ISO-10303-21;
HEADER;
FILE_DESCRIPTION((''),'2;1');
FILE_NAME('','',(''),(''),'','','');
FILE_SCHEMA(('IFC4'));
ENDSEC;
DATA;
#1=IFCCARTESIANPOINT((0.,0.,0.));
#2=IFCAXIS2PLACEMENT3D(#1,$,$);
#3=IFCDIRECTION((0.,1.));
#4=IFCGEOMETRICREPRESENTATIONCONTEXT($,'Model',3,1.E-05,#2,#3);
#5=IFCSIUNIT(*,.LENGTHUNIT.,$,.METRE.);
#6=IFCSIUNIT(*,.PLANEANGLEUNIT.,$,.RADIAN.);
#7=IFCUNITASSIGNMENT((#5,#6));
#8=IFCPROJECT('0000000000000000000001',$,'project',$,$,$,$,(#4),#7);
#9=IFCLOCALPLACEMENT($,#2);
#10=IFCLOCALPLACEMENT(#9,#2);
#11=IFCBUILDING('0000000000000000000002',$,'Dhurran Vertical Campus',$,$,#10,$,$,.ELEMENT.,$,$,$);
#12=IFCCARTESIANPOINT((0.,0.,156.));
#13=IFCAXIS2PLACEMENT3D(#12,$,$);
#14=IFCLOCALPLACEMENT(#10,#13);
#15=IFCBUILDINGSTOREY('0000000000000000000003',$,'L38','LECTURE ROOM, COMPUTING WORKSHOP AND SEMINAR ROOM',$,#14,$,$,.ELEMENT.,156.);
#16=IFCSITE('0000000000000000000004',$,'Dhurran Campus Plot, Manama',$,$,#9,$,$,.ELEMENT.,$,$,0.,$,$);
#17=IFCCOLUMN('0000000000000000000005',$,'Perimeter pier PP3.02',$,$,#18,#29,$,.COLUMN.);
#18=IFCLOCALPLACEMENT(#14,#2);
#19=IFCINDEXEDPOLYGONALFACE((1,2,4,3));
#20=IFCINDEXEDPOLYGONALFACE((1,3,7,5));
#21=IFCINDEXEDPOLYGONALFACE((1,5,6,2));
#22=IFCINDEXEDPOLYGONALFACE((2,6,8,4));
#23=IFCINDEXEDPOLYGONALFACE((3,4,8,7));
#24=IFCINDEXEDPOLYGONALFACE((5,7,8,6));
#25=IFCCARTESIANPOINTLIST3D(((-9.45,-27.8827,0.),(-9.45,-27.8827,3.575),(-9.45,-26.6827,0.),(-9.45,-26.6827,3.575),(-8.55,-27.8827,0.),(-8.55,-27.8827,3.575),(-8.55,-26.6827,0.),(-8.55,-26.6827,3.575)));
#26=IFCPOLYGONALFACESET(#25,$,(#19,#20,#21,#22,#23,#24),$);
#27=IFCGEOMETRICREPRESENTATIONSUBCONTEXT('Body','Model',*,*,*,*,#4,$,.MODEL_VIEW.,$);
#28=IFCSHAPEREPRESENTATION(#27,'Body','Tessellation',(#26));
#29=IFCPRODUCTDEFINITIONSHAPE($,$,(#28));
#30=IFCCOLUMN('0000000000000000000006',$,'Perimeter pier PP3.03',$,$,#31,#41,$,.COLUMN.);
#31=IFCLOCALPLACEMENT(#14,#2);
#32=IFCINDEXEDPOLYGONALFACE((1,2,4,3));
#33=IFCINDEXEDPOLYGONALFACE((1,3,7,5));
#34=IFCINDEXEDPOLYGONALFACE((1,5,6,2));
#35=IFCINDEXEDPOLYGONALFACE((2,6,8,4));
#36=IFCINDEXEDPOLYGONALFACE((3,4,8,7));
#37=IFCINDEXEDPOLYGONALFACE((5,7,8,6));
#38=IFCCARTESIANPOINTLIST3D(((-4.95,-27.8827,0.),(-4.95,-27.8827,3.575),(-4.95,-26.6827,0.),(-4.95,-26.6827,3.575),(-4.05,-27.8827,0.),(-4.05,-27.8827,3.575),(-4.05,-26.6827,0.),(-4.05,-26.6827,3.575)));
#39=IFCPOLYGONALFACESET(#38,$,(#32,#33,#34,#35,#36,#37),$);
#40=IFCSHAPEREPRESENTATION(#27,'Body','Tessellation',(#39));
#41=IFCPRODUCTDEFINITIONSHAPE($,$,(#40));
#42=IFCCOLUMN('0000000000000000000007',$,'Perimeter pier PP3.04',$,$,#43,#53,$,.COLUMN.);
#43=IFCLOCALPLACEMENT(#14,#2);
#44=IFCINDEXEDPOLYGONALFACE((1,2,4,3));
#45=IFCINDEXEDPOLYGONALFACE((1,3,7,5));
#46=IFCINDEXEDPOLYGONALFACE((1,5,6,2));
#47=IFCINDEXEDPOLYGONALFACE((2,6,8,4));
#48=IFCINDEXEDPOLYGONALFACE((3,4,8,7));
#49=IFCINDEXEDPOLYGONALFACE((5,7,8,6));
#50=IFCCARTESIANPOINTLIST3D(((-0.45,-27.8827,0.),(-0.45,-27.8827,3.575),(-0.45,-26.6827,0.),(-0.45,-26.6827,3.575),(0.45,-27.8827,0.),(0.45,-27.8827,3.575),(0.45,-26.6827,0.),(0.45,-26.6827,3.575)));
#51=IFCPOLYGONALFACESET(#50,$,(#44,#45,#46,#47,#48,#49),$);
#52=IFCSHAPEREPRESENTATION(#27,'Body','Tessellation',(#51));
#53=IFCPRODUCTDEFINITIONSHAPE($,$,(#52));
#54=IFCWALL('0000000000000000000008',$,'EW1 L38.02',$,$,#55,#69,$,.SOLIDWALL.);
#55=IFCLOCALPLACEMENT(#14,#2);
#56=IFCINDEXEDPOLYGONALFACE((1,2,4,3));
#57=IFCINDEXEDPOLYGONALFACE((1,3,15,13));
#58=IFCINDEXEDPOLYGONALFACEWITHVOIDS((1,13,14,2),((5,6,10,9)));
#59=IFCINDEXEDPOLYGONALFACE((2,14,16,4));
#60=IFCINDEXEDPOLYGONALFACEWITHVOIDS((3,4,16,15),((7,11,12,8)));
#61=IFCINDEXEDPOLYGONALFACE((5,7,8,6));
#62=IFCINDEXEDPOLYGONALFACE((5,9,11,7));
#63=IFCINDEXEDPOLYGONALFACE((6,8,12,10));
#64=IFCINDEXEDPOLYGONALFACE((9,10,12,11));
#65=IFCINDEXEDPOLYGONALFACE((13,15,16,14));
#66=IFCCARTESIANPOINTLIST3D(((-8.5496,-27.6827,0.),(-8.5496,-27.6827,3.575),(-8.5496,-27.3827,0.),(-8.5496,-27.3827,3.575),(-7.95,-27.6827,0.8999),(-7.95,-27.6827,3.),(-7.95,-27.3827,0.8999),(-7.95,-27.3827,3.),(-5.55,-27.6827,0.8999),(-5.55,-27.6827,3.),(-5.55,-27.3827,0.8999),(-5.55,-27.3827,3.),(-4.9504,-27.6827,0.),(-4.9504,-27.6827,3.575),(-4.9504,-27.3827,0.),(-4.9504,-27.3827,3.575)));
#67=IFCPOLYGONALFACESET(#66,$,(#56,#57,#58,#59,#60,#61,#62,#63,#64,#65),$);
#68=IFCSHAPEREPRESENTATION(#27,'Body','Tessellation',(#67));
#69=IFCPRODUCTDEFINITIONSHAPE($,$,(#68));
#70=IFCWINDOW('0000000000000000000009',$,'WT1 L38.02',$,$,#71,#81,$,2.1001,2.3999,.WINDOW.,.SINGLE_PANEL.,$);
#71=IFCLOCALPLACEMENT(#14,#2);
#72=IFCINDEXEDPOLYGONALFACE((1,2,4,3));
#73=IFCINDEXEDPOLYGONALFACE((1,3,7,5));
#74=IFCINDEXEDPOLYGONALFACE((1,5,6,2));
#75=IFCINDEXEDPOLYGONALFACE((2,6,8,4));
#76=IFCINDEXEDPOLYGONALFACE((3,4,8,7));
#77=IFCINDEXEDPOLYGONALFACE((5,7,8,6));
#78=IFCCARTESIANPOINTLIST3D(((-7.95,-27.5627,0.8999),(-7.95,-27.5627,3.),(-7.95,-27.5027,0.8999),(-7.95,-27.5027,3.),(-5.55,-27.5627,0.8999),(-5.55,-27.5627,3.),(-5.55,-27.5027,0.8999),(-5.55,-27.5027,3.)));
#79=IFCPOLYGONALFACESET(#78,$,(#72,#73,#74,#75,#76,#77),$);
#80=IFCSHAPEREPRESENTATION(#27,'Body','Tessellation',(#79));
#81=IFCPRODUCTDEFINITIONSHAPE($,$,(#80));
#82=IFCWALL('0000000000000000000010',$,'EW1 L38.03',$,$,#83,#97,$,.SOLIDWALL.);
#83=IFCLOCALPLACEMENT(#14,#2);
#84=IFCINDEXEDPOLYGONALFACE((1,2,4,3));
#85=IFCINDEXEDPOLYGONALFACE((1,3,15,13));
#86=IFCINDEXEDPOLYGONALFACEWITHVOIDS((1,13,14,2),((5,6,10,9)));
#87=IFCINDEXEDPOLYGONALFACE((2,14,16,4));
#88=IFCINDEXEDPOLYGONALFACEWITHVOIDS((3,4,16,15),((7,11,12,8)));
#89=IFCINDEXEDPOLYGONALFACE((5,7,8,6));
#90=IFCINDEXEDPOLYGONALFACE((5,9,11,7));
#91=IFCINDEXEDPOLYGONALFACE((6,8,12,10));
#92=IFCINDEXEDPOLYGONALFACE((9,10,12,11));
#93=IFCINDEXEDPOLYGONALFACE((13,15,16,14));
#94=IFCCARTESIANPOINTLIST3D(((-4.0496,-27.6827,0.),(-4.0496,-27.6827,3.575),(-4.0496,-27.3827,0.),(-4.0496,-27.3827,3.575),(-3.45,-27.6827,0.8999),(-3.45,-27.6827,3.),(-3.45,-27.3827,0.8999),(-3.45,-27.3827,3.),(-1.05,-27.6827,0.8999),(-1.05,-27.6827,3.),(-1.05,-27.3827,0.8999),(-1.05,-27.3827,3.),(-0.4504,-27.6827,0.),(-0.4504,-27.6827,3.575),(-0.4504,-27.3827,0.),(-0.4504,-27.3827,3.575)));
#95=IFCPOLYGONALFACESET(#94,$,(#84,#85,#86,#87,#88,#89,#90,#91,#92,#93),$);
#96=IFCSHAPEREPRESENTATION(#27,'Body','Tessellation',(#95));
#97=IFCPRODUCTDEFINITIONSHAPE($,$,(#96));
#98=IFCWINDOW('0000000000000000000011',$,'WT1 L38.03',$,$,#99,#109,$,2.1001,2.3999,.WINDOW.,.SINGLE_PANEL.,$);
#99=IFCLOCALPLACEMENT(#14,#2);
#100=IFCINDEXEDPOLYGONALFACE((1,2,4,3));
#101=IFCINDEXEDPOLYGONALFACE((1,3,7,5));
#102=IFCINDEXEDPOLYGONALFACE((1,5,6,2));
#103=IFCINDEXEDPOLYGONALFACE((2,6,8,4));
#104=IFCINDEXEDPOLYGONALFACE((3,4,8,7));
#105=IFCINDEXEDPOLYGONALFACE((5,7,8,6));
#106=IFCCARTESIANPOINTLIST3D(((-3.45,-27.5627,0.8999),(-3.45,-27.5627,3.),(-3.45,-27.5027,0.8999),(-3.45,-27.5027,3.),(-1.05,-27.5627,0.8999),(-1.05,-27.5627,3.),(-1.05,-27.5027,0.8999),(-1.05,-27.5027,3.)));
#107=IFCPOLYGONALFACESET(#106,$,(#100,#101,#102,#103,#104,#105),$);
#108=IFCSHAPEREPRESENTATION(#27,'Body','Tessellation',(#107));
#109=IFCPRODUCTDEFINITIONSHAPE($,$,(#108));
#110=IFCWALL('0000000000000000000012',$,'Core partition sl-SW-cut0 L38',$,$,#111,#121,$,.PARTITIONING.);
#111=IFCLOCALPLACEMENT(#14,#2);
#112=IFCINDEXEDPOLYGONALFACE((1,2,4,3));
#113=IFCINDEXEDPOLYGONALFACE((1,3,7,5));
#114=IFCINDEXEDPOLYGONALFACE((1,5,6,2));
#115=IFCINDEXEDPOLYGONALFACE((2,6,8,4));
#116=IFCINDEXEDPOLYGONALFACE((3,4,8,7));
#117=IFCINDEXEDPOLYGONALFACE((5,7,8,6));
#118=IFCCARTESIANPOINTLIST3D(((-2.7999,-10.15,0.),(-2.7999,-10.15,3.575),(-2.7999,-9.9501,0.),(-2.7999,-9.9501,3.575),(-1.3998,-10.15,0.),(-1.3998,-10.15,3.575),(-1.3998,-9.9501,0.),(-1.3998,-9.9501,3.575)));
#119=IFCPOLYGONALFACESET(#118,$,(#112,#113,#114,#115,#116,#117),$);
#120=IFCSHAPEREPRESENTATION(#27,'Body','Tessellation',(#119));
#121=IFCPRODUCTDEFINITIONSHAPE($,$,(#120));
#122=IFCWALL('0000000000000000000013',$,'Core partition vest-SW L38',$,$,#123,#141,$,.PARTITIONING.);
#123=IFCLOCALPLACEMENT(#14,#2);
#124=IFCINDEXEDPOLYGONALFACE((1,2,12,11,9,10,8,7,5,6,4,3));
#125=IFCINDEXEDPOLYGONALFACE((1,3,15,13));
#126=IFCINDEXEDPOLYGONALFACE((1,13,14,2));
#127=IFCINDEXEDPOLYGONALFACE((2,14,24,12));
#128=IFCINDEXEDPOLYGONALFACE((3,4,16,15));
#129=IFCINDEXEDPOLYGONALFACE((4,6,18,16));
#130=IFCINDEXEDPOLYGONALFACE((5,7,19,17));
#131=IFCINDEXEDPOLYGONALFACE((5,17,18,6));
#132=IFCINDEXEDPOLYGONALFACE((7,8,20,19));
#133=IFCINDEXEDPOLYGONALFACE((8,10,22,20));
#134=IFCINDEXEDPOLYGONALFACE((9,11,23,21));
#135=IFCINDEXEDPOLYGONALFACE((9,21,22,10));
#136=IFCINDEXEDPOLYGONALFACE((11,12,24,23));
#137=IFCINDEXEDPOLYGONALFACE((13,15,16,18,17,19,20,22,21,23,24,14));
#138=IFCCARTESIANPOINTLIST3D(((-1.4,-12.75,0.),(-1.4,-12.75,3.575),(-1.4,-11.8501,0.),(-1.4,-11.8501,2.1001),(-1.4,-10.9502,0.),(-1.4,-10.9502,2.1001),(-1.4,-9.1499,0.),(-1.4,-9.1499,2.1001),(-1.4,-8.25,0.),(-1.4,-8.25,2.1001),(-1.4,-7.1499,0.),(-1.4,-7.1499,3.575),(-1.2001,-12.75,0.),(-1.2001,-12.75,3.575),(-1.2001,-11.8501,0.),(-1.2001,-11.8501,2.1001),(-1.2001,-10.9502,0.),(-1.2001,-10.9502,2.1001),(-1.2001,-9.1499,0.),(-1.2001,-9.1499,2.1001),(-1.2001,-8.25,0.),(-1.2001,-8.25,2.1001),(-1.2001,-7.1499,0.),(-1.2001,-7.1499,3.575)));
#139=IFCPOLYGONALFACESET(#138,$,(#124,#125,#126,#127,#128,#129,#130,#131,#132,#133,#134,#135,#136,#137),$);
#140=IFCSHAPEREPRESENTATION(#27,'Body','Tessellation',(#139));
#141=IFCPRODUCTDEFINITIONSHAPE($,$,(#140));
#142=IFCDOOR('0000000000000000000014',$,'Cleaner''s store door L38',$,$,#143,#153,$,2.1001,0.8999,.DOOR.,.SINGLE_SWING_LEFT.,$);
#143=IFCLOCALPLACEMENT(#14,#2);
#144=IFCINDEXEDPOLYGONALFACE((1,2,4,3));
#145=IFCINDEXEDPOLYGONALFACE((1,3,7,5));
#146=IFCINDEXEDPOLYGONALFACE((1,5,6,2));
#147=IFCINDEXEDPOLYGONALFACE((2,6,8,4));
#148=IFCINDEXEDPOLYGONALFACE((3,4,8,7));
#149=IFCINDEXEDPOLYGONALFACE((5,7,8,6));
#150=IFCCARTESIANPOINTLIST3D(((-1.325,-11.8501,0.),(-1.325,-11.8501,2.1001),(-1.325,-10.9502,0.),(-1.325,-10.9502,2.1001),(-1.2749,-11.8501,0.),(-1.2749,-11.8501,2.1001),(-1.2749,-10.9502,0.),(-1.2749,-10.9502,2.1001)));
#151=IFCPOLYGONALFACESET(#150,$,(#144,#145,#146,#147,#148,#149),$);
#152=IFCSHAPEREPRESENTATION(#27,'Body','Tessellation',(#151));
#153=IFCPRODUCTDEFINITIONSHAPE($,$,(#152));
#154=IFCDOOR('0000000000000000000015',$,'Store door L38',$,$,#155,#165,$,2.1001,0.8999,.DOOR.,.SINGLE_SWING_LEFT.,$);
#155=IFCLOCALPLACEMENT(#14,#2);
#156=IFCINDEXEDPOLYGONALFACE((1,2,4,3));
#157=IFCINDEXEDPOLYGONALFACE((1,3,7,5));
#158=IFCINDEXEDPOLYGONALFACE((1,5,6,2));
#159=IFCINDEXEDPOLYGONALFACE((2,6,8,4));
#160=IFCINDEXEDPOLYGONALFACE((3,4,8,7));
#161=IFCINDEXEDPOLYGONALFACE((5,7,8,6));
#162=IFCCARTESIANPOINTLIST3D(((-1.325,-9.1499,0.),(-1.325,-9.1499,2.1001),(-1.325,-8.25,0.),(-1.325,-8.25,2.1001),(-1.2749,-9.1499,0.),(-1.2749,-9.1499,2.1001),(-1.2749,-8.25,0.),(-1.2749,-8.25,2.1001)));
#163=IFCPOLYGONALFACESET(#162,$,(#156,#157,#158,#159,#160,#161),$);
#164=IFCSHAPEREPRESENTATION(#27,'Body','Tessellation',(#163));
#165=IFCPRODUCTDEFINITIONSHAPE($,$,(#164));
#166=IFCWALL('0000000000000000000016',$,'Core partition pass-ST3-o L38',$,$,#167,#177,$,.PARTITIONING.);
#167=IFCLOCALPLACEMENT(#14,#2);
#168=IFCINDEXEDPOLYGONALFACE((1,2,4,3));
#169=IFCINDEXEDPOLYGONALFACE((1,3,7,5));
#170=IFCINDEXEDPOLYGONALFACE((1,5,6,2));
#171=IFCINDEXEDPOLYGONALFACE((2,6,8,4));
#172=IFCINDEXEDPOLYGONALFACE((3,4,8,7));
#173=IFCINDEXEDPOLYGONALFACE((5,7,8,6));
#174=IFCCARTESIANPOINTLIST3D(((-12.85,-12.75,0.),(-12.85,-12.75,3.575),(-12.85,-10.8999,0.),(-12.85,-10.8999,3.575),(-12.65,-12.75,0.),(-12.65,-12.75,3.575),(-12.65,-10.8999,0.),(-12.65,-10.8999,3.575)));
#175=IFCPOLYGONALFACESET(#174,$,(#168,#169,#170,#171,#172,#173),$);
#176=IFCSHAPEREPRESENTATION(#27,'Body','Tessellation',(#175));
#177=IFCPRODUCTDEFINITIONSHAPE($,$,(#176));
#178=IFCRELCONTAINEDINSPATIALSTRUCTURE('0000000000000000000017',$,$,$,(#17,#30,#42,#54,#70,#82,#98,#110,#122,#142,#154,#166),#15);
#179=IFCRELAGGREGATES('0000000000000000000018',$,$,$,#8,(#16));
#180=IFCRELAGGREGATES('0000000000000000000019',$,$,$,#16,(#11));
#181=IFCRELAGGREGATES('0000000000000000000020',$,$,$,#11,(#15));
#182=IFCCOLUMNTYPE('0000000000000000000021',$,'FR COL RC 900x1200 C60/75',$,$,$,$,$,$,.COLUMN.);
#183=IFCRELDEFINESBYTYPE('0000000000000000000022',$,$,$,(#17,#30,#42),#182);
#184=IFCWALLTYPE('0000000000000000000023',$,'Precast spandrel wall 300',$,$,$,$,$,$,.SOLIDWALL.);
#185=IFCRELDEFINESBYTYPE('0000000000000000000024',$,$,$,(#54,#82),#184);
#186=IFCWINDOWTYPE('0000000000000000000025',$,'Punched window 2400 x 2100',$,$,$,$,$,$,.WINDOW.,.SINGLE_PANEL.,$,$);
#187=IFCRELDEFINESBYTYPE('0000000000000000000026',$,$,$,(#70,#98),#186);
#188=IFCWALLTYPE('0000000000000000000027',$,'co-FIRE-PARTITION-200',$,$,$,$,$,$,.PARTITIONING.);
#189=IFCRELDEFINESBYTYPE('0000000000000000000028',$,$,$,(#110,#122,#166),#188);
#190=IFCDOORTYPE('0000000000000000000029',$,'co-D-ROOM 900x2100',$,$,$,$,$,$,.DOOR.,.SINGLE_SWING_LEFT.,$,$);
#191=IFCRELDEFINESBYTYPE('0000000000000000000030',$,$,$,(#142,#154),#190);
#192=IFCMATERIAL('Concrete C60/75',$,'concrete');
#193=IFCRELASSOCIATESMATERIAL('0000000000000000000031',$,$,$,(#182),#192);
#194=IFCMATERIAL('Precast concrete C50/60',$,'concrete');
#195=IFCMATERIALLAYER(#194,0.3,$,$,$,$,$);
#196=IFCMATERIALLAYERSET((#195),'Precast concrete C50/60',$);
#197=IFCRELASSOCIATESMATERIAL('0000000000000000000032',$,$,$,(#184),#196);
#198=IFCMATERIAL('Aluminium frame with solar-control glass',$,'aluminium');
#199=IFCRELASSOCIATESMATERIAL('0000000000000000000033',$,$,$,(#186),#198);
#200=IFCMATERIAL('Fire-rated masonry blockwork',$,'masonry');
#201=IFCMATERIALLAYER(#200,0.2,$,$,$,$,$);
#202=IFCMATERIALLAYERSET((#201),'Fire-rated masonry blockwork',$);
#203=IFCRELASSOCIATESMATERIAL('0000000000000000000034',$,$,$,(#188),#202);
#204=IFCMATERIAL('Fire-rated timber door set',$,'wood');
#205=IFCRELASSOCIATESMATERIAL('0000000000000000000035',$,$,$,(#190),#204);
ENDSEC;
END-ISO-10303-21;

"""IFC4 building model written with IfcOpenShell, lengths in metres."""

from ifc_helpers import new_model, si_unit, direction, frame, frame_2d, origin, origin_2d, place, context, subcontext, project, spatial, rectangle, extrude, material, layer, layer_set, material_profile, profile_set, type_object, element, fill, save


model = new_model("IFC4")

# Units and contexts
model_context = context("Model", 3, precision=1e-05, world=origin(), true_north=direction((0.0, 1.0)))
body_context = subcontext(model_context, "Body", "Model", "MODEL_VIEW")
ifc_project = project(units=[si_unit("LENGTHUNIT", "METRE"), si_unit("PLANEANGLEUNIT", "RADIAN")], contexts=[model_context])

# Site, building, storey
site_placement = place(None, origin())
site = spatial("IfcSite", under=ifc_project, at=site_placement, Name="Dhurran Campus Plot, Manama", CompositionType="ELEMENT", RefElevation=0.0)
building_placement = place(site_placement, origin())
building = spatial("IfcBuilding", under=site, at=building_placement, Name="Dhurran Vertical Campus", CompositionType="ELEMENT")
storey_placement = place(building_placement, frame((0.0, 0.0, 156.0)))
storey = spatial("IfcBuildingStorey", under=building, at=storey_placement, Name="L38", Description="LECTURE ROOM, COMPUTING WORKSHOP AND SEMINAR ROOM", CompositionType="ELEMENT", Elevation=156.0)

# Columns
ifc_material_1 = material(Name="Concrete C60/75", Category="concrete")
ifc_material_profile = material_profile(ifc_material_1, rectangle(XDim=0.8999, YDim=1.2, at=origin_2d()), Name="RC 900x1200")
ifc_profile_set = profile_set([ifc_material_profile], Name="Concrete C60/75")
column_type = type_object("IfcColumnType", Name="FR COL RC 900x1200 C60/75", PredefinedType="COLUMN", material=ifc_profile_set)
for number, where, z_axis, x_axis, name in (
    (1, (-9.0, -27.2827, 0.0), (0.0, 0.0, 1.0), (1.0, 0.0, 0.0), "Perimeter pier PP3.02"),
    (2, (-4.5, -27.2827, 0.0), (0.0, 0.0, 1.0), (1.0, 0.0, 0.0), "Perimeter pier PP3.03"),
    (3, (0.0, -27.2827, 0.0), (0.0, 0.0, 1.0), (1.0, 0.0, 0.0), "Perimeter pier PP3.04"),
):
    element("IfcColumn", number, at=place(storey_placement, frame(where, z_axis=z_axis, x_axis=x_axis)), inside=storey, type_object=column_type, Name=name, PredefinedType="COLUMN", context=body_context, shape_type="SweptSolid", body=[
        extrude(rectangle(XDim=0.8999, YDim=1.2, at=origin_2d()), origin(), (0.0, 0.0, 1.0), 3.575),
    ])

# Walls, openings, windows
ifc_material_2 = material(Name="Precast concrete C50/60", Category="concrete")
ifc_layer_1 = layer(ifc_material_2, 0.3)
ifc_layer_set_1 = layer_set([ifc_layer_1], Name="Precast concrete C50/60")
wall_type_1 = type_object("IfcWallType", Name="Precast spandrel wall 300", PredefinedType="SOLIDWALL", material=ifc_layer_set_1)
wall_1_placement = place(storey_placement, frame((-8.5496, -27.5327, 0.0), z_axis=(0.0, 0.0, 1.0), x_axis=(1.0, 0.0, 0.0)))
wall_1 = element("IfcWall", 4, at=wall_1_placement, inside=storey, type_object=wall_type_1, Name="EW1 L38.02", PredefinedType="SOLIDWALL", context=body_context, shape_type="SweptSolid", body=[
    extrude(rectangle(XDim=3.5991, YDim=0.3, at=frame_2d((1.7996, 0.0))), origin(), (0.0, 0.0, 1.0), 3.575),
])
opening_1_placement = place(wall_1_placement, frame((0.5996, 0.0, 0.8999)))
opening_1 = element("IfcOpeningElement", 5, at=opening_1_placement, cuts=wall_1, PredefinedType="OPENING", context=body_context, shape_type="SweptSolid", body=[
    extrude(rectangle(XDim=2.3999, YDim=2.1001, at=frame_2d((1.2, 1.05))), frame((0.0, 0.1599, 0.0), z_axis=(0.0, -1.0, 0.0), x_axis=(1.0, 0.0, 0.0)), (0.0, 0.0, 1.0), 0.3201),
])
ifc_material_3 = material(Name="Aluminium frame with solar-control glass", Category="aluminium")
window_type = type_object("IfcWindowType", Name="Punched window 2400 x 2100", PartitioningType="SINGLE_PANEL", PredefinedType="WINDOW", material=ifc_material_3)
window_1_placement = place(opening_1_placement, origin())
window_1 = element("IfcWindow", 6, at=window_1_placement, inside=storey, type_object=window_type, Name="WT1 L38.02", OverallHeight=2.1001, OverallWidth=2.3999, PartitioningType="SINGLE_PANEL", PredefinedType="WINDOW", context=body_context, shape_type="SweptSolid", body=[
    extrude(rectangle(XDim=2.3999, YDim=2.1001, at=frame_2d((1.2, 1.05))), frame((0.0, 0.03, 0.0), z_axis=(0.0, -1.0, 0.0), x_axis=(1.0, 0.0, 0.0)), (0.0, 0.0, 1.0), 0.0601),
])
fill(opening_1, window_1)
wall_2_placement = place(storey_placement, frame((-4.0496, -27.5327, 0.0), z_axis=(0.0, 0.0, 1.0), x_axis=(1.0, 0.0, 0.0)))
wall_2 = element("IfcWall", 7, at=wall_2_placement, inside=storey, type_object=wall_type_1, Name="EW1 L38.03", PredefinedType="SOLIDWALL", context=body_context, shape_type="SweptSolid", body=[
    extrude(rectangle(XDim=3.5991, YDim=0.3, at=frame_2d((1.7996, 0.0))), origin(), (0.0, 0.0, 1.0), 3.575),
])
opening_2_placement = place(wall_2_placement, frame((0.5996, 0.0, 0.8999)))
opening_2 = element("IfcOpeningElement", 8, at=opening_2_placement, cuts=wall_2, PredefinedType="OPENING", context=body_context, shape_type="SweptSolid", body=[
    extrude(rectangle(XDim=2.3999, YDim=2.1001, at=frame_2d((1.2, 1.05))), frame((0.0, 0.1599, 0.0), z_axis=(0.0, -1.0, 0.0), x_axis=(1.0, 0.0, 0.0)), (0.0, 0.0, 1.0), 0.3201),
])
window_2_placement = place(opening_2_placement, origin())
window_2 = element("IfcWindow", 9, at=window_2_placement, inside=storey, type_object=window_type, Name="WT1 L38.03", OverallHeight=2.1001, OverallWidth=2.3999, PartitioningType="SINGLE_PANEL", PredefinedType="WINDOW", context=body_context, shape_type="SweptSolid", body=[
    extrude(rectangle(XDim=2.3999, YDim=2.1001, at=frame_2d((1.2, 1.05))), frame((0.0, 0.03, 0.0), z_axis=(0.0, -1.0, 0.0), x_axis=(1.0, 0.0, 0.0)), (0.0, 0.0, 1.0), 0.0601),
])
fill(opening_2, window_2)

# Wall
ifc_material_4 = material(Name="Fire-rated masonry blockwork", Category="masonry")
ifc_layer_2 = layer(ifc_material_4, 0.2)
ifc_layer_set_2 = layer_set([ifc_layer_2], Name="Fire-rated masonry blockwork")
wall_type_2 = type_object("IfcWallType", Name="co-FIRE-PARTITION-200", PredefinedType="PARTITIONING", material=ifc_layer_set_2)
wall_3_placement = place(storey_placement, frame((-2.8, -10.05, 0.0), z_axis=(0.0, 0.0, 1.0), x_axis=(1.0, 0.0, 0.0)))
element("IfcWall", 10, at=wall_3_placement, inside=storey, type_object=wall_type_2, Name="Core partition sl-SW-cut0 L38", PredefinedType="PARTITIONING", context=body_context, shape_type="SweptSolid", body=[
    extrude(rectangle(XDim=1.4001, YDim=0.2, at=frame_2d((0.7002, 0.0))), origin(), (0.0, 0.0, 1.0), 3.575),
])

# Wall, openings, doors
wall_4_placement = place(storey_placement, frame((-1.3, -12.75, 0.0), z_axis=(0.0, 0.0, 1.0), x_axis=(0.0, 1.0, 0.0)))
wall_4 = element("IfcWall", 11, at=wall_4_placement, inside=storey, type_object=wall_type_2, Name="Core partition vest-SW L38", PredefinedType="PARTITIONING", context=body_context, shape_type="SweptSolid", body=[
    extrude(rectangle(XDim=5.6001, YDim=0.2, at=frame_2d((2.8, 0.0))), origin(), (0.0, 0.0, 1.0), 3.575),
])
opening_3_placement = place(wall_4_placement, frame((0.8999, 0.0, 0.0)))
opening_3 = element("IfcOpeningElement", 12, at=opening_3_placement, cuts=wall_4, PredefinedType="OPENING", context=body_context, shape_type="SweptSolid", body=[
    extrude(rectangle(XDim=0.8999, YDim=2.1001, at=frame_2d((0.45, 1.05))), frame((0.0, 0.1099, 0.0), z_axis=(0.0, -1.0, 0.0), x_axis=(1.0, 0.0, 0.0)), (0.0, 0.0, 1.0), 0.22),
])
opening_4_placement = place(wall_4_placement, frame((3.6001, 0.0, 0.0)))
opening_4 = element("IfcOpeningElement", 13, at=opening_4_placement, cuts=wall_4, PredefinedType="OPENING", context=body_context, shape_type="SweptSolid", body=[
    extrude(rectangle(XDim=0.8999, YDim=2.1001, at=frame_2d((0.45, 1.05))), frame((0.0, 0.1099, 0.0), z_axis=(0.0, -1.0, 0.0), x_axis=(1.0, 0.0, 0.0)), (0.0, 0.0, 1.0), 0.22),
])
ifc_material_5 = material(Name="Fire-rated timber door set", Category="wood")
door_type_1 = type_object("IfcDoorType", Name="co-D-ROOM 900x2100", OperationType="SINGLE_SWING_LEFT", PredefinedType="DOOR", material=ifc_material_5)
door_1_placement = place(opening_3_placement, origin())
door_1 = element("IfcDoor", 14, at=door_1_placement, inside=storey, type_object=door_type_1, Name="Cleaner's store door L38", OperationType="SINGLE_SWING_LEFT", OverallHeight=2.1001, OverallWidth=0.8999, PredefinedType="DOOR", context=body_context, shape_type="SweptSolid", body=[
    extrude(rectangle(XDim=0.8999, YDim=2.1001, at=frame_2d((0.45, 1.05))), frame((0.0, 0.0249, 0.0), z_axis=(0.0, -1.0, 0.0), x_axis=(1.0, 0.0, 0.0)), (0.0, 0.0, 1.0), 0.05),
])
fill(opening_3, door_1)
door_2_placement = place(opening_4_placement, origin())
door_2 = element("IfcDoor", 15, at=door_2_placement, inside=storey, type_object=door_type_1, Name="Store door L38", OperationType="SINGLE_SWING_LEFT", OverallHeight=2.1001, OverallWidth=0.8999, PredefinedType="DOOR", context=body_context, shape_type="SweptSolid", body=[
    extrude(rectangle(XDim=0.8999, YDim=2.1001, at=frame_2d((0.45, 1.05))), frame((0.0, 0.0249, 0.0), z_axis=(0.0, -1.0, 0.0), x_axis=(1.0, 0.0, 0.0)), (0.0, 0.0, 1.0), 0.05),
])
fill(opening_4, door_2)

# Wall
wall_5_placement = place(storey_placement, frame((-12.75, -12.75, 0.0), z_axis=(0.0, 0.0, 1.0), x_axis=(0.0, 1.0, 0.0)))
element("IfcWall", 16, at=wall_5_placement, inside=storey, type_object=wall_type_2, Name="Core partition pass-ST3-o L38", PredefinedType="PARTITIONING", context=body_context, shape_type="SweptSolid", body=[
    extrude(rectangle(XDim=1.8501, YDim=0.2, at=frame_2d((0.925, 0.0))), origin(), (0.0, 0.0, 1.0), 3.575),
])

save(model, "model.ifc")
